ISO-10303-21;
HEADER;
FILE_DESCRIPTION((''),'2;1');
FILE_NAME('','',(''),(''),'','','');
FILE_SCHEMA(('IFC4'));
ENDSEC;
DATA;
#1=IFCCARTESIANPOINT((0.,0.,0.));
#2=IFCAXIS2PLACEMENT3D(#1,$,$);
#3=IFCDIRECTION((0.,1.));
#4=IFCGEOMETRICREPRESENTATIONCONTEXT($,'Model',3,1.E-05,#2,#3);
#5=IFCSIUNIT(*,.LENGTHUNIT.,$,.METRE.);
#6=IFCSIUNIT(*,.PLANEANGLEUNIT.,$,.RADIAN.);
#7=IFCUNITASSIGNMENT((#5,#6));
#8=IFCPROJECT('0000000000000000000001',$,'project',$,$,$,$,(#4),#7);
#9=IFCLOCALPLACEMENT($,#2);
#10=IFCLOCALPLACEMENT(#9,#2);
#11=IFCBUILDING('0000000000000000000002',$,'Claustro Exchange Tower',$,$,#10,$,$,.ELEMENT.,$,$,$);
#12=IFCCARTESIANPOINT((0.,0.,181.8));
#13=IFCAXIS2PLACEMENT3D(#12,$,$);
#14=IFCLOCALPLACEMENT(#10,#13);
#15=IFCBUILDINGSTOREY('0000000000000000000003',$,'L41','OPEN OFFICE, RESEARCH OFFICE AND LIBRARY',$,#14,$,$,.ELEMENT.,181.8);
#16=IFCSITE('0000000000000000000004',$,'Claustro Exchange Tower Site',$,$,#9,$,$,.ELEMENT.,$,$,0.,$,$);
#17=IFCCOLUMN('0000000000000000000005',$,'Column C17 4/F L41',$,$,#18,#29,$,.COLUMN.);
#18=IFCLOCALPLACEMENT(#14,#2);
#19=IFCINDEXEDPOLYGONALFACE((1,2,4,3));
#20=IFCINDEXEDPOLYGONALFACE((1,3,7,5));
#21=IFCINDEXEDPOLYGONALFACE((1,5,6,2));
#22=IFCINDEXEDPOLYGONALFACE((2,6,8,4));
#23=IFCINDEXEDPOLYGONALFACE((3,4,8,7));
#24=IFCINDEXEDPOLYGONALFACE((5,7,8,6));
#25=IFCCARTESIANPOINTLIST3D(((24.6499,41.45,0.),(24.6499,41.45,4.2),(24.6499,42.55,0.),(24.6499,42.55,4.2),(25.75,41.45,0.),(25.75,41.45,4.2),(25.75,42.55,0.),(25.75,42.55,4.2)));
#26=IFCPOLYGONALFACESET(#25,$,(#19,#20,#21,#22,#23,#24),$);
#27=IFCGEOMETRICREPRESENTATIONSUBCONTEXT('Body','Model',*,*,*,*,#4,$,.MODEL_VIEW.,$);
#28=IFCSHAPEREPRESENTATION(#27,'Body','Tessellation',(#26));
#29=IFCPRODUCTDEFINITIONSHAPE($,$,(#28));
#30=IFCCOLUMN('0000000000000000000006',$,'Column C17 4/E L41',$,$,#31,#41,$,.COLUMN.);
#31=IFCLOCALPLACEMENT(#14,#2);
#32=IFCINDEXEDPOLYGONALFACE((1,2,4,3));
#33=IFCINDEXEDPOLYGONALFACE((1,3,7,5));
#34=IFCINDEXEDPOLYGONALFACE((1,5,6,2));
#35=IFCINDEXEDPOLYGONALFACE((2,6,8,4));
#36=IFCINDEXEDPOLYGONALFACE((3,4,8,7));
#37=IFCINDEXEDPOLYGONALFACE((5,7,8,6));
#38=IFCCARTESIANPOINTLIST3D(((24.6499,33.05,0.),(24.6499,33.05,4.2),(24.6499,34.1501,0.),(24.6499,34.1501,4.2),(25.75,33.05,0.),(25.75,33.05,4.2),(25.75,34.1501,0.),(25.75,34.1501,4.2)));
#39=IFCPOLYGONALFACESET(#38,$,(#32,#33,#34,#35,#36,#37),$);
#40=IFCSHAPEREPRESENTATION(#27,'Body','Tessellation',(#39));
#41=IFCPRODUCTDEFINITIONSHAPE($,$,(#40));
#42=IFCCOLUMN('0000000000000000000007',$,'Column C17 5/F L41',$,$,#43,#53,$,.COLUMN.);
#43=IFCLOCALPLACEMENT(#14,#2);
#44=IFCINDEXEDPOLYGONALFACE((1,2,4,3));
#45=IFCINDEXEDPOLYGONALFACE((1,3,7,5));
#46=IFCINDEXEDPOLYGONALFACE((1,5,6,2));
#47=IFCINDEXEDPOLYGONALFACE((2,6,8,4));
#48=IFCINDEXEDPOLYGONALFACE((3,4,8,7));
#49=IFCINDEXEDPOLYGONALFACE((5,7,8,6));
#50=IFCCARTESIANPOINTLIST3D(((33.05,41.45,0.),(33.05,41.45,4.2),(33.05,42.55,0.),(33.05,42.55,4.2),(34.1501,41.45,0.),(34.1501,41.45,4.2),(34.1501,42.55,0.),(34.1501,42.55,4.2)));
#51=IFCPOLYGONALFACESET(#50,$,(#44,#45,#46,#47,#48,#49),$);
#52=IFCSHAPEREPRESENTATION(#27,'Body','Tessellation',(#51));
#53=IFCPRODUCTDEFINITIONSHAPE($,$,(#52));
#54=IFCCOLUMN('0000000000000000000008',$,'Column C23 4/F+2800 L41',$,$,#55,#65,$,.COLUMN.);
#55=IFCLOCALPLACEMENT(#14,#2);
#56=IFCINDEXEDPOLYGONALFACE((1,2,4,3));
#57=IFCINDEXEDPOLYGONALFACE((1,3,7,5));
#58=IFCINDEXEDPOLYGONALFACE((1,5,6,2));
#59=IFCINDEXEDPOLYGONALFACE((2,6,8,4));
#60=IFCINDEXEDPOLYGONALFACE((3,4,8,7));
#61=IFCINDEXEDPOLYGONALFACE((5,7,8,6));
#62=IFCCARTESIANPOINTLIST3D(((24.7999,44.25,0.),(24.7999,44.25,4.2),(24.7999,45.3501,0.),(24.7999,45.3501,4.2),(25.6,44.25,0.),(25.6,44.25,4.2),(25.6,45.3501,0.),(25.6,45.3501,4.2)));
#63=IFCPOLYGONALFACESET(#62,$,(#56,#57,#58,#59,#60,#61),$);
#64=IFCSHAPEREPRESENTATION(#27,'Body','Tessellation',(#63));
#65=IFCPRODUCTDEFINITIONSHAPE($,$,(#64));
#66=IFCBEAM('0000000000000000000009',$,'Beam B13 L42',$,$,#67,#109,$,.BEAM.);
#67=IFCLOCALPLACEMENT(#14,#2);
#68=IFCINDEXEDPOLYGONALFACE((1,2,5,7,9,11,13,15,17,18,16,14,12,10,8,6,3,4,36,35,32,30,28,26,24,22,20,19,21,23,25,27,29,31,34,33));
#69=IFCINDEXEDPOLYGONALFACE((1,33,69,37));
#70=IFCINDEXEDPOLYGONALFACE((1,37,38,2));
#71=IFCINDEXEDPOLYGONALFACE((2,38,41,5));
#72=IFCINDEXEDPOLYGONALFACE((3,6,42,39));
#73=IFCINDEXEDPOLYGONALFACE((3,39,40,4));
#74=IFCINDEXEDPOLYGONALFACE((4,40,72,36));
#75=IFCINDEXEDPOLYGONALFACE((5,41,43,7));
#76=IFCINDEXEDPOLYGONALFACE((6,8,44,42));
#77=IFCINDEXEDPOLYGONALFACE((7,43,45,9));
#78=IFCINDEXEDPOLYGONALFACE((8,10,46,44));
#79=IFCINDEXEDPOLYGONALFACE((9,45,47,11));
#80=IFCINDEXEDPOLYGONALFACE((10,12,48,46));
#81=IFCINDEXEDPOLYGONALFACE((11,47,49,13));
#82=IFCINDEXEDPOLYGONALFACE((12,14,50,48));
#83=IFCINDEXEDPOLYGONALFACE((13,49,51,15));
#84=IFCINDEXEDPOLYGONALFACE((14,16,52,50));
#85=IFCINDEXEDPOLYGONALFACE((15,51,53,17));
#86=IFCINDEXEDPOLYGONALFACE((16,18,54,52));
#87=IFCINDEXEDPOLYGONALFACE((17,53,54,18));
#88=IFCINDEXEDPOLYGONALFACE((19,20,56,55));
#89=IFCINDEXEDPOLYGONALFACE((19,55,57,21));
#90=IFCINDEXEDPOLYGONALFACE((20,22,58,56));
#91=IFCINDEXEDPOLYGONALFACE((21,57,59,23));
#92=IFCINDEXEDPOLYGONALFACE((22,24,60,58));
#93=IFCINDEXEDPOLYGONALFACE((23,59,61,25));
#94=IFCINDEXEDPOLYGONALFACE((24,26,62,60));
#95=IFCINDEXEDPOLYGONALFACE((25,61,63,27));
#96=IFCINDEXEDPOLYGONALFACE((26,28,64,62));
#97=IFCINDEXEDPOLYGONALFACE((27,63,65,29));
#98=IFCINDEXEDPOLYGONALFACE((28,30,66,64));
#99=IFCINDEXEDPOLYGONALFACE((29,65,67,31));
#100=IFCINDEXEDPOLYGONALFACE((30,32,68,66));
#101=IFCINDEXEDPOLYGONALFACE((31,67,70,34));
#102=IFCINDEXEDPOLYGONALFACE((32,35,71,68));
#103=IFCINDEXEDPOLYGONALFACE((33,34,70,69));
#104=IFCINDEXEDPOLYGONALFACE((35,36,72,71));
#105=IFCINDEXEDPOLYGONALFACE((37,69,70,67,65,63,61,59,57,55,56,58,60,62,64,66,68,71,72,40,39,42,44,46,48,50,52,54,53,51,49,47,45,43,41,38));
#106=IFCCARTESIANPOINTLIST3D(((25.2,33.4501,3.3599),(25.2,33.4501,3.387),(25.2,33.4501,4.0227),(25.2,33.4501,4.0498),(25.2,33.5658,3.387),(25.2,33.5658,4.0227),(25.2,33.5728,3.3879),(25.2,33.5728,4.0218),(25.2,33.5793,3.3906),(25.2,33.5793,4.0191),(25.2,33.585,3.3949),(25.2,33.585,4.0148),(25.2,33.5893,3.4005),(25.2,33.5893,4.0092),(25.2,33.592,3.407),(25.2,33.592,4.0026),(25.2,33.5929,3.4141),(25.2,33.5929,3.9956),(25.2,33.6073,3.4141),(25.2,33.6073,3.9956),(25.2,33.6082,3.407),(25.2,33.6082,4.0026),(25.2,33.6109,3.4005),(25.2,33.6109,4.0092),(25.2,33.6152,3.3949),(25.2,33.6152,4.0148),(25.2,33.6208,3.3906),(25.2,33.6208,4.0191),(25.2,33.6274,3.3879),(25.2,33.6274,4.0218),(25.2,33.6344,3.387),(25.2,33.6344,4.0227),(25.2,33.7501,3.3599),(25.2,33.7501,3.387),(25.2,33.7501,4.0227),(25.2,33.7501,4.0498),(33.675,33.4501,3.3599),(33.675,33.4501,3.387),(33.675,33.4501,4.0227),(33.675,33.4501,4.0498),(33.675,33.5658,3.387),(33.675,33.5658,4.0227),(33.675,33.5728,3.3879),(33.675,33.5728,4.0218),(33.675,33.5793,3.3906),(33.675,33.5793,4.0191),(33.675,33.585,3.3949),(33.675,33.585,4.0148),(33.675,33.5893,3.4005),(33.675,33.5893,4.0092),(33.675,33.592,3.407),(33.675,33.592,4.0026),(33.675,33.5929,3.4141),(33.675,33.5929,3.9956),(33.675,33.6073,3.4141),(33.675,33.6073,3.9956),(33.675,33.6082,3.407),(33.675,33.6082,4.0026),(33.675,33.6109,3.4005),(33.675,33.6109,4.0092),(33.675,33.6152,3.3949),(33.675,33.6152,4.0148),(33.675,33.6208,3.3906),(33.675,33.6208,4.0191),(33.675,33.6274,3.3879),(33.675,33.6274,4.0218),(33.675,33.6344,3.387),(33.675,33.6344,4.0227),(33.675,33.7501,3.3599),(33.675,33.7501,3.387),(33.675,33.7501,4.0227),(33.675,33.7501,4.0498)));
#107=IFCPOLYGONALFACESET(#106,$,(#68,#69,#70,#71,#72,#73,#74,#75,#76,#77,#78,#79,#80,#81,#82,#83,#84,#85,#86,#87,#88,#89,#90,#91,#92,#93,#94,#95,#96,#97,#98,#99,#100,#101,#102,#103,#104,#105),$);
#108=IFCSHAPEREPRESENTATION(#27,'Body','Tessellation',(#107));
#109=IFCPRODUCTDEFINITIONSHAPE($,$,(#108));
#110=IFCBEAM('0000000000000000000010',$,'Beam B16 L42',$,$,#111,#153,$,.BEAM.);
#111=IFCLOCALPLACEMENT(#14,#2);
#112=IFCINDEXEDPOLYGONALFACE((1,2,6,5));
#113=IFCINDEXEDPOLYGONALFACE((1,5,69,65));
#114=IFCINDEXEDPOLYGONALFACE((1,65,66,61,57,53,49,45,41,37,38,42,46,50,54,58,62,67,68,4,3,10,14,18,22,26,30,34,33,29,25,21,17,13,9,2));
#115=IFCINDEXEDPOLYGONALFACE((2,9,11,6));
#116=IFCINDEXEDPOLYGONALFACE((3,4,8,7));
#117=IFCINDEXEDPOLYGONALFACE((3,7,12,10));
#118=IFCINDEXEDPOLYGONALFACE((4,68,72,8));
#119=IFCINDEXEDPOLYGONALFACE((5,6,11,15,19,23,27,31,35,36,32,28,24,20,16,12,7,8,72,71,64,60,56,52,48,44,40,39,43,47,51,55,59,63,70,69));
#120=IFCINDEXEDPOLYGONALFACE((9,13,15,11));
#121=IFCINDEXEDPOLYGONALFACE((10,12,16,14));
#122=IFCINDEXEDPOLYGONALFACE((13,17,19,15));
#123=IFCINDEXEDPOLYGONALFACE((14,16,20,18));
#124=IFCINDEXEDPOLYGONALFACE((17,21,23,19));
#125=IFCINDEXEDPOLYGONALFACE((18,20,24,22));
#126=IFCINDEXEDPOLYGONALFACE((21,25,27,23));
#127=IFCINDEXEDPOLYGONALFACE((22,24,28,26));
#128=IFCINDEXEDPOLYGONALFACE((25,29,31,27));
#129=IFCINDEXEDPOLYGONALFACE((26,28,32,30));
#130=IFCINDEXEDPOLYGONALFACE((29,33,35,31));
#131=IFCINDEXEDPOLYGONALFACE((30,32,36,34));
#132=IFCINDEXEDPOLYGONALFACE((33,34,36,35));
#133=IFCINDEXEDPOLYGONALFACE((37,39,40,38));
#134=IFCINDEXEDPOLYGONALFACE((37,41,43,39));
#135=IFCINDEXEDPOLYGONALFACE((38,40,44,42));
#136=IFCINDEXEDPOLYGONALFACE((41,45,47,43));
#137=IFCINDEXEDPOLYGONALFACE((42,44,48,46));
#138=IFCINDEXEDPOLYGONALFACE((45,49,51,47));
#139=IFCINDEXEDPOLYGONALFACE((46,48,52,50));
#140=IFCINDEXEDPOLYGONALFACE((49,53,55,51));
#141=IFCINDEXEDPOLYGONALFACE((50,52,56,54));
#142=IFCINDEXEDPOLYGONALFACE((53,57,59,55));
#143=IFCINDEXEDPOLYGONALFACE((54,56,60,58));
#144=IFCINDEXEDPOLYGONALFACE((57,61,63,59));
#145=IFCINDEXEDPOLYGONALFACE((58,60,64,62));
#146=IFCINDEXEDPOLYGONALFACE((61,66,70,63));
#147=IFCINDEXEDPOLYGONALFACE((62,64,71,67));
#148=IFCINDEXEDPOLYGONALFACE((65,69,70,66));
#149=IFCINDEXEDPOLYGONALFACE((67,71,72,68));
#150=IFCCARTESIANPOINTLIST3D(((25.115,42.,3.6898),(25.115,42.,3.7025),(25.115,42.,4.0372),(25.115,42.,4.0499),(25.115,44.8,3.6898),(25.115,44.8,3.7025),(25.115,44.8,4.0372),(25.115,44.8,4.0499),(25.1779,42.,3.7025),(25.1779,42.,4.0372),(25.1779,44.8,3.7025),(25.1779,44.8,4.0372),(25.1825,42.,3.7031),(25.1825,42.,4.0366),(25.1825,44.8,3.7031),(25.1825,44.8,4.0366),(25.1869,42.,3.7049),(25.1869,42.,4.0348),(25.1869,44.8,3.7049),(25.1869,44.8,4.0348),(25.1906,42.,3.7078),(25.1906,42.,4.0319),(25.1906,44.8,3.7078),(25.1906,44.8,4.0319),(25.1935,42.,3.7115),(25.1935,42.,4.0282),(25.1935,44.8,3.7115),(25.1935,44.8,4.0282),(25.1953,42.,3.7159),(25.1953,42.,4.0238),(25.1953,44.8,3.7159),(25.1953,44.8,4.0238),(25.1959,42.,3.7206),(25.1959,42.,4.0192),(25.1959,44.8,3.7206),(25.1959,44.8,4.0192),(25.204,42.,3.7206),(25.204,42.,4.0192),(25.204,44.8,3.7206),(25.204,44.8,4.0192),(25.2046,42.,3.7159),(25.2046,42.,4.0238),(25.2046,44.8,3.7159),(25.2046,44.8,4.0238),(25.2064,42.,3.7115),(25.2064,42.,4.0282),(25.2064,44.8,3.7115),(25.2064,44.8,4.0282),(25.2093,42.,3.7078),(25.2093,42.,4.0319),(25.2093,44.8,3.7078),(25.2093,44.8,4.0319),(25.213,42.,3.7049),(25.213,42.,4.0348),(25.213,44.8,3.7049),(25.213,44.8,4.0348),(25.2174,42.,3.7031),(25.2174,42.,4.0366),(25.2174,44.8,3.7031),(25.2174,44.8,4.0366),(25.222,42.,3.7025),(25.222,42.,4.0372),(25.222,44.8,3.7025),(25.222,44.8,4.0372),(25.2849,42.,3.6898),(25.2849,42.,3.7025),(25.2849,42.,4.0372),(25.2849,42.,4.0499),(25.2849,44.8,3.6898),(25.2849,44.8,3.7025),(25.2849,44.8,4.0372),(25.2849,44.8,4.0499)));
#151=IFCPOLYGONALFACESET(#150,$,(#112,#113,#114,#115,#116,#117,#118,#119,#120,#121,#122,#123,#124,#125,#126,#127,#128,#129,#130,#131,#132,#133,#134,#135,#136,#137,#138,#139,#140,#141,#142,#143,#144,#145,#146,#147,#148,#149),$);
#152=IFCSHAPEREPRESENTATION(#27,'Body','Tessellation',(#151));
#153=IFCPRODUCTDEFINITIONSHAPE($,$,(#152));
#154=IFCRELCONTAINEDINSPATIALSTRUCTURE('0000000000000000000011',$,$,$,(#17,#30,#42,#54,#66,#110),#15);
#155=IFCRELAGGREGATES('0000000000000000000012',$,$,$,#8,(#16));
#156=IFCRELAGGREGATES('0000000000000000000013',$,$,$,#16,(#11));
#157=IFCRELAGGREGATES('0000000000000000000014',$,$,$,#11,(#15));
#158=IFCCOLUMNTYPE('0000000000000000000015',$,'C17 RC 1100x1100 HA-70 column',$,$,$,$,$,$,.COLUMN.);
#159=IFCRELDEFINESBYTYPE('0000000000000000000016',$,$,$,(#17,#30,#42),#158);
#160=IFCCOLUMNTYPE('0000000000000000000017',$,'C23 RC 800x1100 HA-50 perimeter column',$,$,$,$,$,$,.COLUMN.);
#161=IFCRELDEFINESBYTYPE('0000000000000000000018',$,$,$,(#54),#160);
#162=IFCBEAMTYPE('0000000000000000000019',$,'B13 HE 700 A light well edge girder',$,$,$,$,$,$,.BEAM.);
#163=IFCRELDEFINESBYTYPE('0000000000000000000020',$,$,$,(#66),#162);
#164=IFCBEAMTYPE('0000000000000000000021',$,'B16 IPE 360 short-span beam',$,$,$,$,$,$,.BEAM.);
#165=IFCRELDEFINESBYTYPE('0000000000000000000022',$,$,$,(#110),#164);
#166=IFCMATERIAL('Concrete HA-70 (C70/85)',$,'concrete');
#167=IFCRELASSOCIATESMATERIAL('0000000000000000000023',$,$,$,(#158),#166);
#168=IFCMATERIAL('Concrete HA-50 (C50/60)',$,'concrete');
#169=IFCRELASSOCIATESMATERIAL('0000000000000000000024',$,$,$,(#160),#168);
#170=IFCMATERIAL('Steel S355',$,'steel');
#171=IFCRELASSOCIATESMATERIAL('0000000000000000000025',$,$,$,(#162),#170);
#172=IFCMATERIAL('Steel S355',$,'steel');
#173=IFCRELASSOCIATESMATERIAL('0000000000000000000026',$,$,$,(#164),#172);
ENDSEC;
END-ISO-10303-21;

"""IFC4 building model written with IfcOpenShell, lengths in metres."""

from ifc_helpers import new_model, si_unit, direction, frame, origin, origin_2d, place, context, subcontext, project, spatial, rectangle, i_section, extrude, material, material_profile, profile_set, type_object, element, save


model = new_model("IFC4")

# Units and contexts
model_context = context("Model", 3, precision=1e-05, world=origin(), true_north=direction((0.0, 1.0)))
body_context = subcontext(model_context, "Body", "Model", "MODEL_VIEW")
ifc_project = project(units=[si_unit("LENGTHUNIT", "METRE"), si_unit("PLANEANGLEUNIT", "RADIAN")], contexts=[model_context])

# Site, building, storey
site_placement = place(None, origin())
site = spatial("IfcSite", under=ifc_project, at=site_placement, Name="Claustro Exchange Tower Site", CompositionType="ELEMENT", RefElevation=0.0)
building_placement = place(site_placement, origin())
building = spatial("IfcBuilding", under=site, at=building_placement, Name="Claustro Exchange Tower", CompositionType="ELEMENT")
storey_placement = place(building_placement, frame((0.0, 0.0, 181.8)))
storey = spatial("IfcBuildingStorey", under=building, at=storey_placement, Name="L41", Description="OPEN OFFICE, RESEARCH OFFICE AND LIBRARY", CompositionType="ELEMENT", Elevation=181.8)

# Columns
ifc_material_1 = material(Name="Concrete HA-70 (C70/85)", Category="concrete")
ifc_material_profile_1 = material_profile(ifc_material_1, rectangle(XDim=1.1001, YDim=1.1001, at=origin_2d()), Name="RC 1100x1100")
ifc_profile_set_1 = profile_set([ifc_material_profile_1], Name="Concrete HA-70 (C70/85)")
column_type_1 = type_object("IfcColumnType", Name="C17 RC 1100x1100 HA-70 column", PredefinedType="COLUMN", material=ifc_profile_set_1)
for number, where, z_axis, x_axis, name in (
    (1, (25.2, 42.0, 0.0), (0.0, 0.0, 1.0), (1.0, 0.0, 0.0), "Column C17 4/F L41"),
    (2, (25.2, 33.6001, 0.0), (0.0, 0.0, 1.0), (1.0, 0.0, 0.0), "Column C17 4/E L41"),
    (3, (33.6001, 42.0, 0.0), (0.0, 0.0, 1.0), (1.0, 0.0, 0.0), "Column C17 5/F L41"),
):
    element("IfcColumn", number, at=place(storey_placement, frame(where, z_axis=z_axis, x_axis=x_axis)), inside=storey, type_object=column_type_1, Name=name, PredefinedType="COLUMN", context=body_context, shape_type="SweptSolid", body=[
        extrude(rectangle(XDim=1.1001, YDim=1.1001, at=origin_2d()), origin(), (0.0, 0.0, 1.0), 4.2),
    ])
ifc_material_2 = material(Name="Concrete HA-50 (C50/60)", Category="concrete")
ifc_material_profile_2 = material_profile(ifc_material_2, rectangle(XDim=0.8, YDim=1.1001, at=origin_2d()), Name="RC 800x1100")
ifc_profile_set_2 = profile_set([ifc_material_profile_2], Name="Concrete HA-50 (C50/60)")
column_type_2 = type_object("IfcColumnType", Name="C23 RC 800x1100 HA-50 perimeter column", PredefinedType="COLUMN", material=ifc_profile_set_2)
column_placement = place(storey_placement, frame((25.2, 44.8, 0.0), z_axis=(0.0, 0.0, 1.0), x_axis=(1.0, 0.0, 0.0)))
element("IfcColumn", 4, at=column_placement, inside=storey, type_object=column_type_2, Name="Column C23 4/F+2800 L41", PredefinedType="COLUMN", context=body_context, shape_type="SweptSolid", body=[
    extrude(rectangle(XDim=0.8, YDim=1.1001, at=origin_2d()), origin(), (0.0, 0.0, 1.0), 4.2),
])

# Beams
ifc_material_3 = material(Name="Steel S355", Category="steel")
ifc_material_profile_3 = material_profile(ifc_material_3, i_section(OverallWidth=0.3, OverallDepth=0.6899, WebThickness=0.0144, FlangeThickness=0.0271, FilletRadius=0.0271, at=origin_2d()), Name="HE 700 A")
ifc_profile_set_3 = profile_set([ifc_material_profile_3], Name="Steel S355")
beam_type_1 = type_object("IfcBeamType", Name="B13 HE 700 A light well edge girder", PredefinedType="BEAM", material=ifc_profile_set_3)
beam_1_placement = place(storey_placement, frame((25.2, 33.6001, 3.7048), z_axis=(1.0, 0.0, 0.0), x_axis=(0.0, 1.0, 0.0)))
element("IfcBeam", 5, at=beam_1_placement, inside=storey, type_object=beam_type_1, Name="Beam B13 L42", PredefinedType="BEAM", context=body_context, shape_type="SweptSolid", body=[
    extrude(i_section(OverallWidth=0.3, OverallDepth=0.6899, WebThickness=0.0144, FlangeThickness=0.0271, FilletRadius=0.0271, at=origin_2d()), origin(), (0.0, 0.0, 1.0), 8.4751),
])
ifc_material_4 = material(Name="Steel S355", Category="steel")
ifc_material_profile_4 = material_profile(ifc_material_4, i_section(OverallWidth=0.1699, OverallDepth=0.3601, WebThickness=0.0081, FlangeThickness=0.0127, FilletRadius=0.0181, at=origin_2d()), Name="IPE 360")
ifc_profile_set_4 = profile_set([ifc_material_profile_4], Name="Steel S355")
beam_type_2 = type_object("IfcBeamType", Name="B16 IPE 360 short-span beam", PredefinedType="BEAM", material=ifc_profile_set_4)
beam_2_placement = place(storey_placement, frame((25.2, 42.0, 3.8699), z_axis=(0.0, 1.0, 0.0), x_axis=(-1.0, 0.0, 0.0)))
element("IfcBeam", 6, at=beam_2_placement, inside=storey, type_object=beam_type_2, Name="Beam B16 L42", PredefinedType="BEAM", context=body_context, shape_type="SweptSolid", body=[
    extrude(i_section(OverallWidth=0.1699, OverallDepth=0.3601, WebThickness=0.0081, FlangeThickness=0.0127, FilletRadius=0.0181, at=origin_2d()), origin(), (0.0, 0.0, 1.0), 2.8),
])

save(model, "model.ifc")
